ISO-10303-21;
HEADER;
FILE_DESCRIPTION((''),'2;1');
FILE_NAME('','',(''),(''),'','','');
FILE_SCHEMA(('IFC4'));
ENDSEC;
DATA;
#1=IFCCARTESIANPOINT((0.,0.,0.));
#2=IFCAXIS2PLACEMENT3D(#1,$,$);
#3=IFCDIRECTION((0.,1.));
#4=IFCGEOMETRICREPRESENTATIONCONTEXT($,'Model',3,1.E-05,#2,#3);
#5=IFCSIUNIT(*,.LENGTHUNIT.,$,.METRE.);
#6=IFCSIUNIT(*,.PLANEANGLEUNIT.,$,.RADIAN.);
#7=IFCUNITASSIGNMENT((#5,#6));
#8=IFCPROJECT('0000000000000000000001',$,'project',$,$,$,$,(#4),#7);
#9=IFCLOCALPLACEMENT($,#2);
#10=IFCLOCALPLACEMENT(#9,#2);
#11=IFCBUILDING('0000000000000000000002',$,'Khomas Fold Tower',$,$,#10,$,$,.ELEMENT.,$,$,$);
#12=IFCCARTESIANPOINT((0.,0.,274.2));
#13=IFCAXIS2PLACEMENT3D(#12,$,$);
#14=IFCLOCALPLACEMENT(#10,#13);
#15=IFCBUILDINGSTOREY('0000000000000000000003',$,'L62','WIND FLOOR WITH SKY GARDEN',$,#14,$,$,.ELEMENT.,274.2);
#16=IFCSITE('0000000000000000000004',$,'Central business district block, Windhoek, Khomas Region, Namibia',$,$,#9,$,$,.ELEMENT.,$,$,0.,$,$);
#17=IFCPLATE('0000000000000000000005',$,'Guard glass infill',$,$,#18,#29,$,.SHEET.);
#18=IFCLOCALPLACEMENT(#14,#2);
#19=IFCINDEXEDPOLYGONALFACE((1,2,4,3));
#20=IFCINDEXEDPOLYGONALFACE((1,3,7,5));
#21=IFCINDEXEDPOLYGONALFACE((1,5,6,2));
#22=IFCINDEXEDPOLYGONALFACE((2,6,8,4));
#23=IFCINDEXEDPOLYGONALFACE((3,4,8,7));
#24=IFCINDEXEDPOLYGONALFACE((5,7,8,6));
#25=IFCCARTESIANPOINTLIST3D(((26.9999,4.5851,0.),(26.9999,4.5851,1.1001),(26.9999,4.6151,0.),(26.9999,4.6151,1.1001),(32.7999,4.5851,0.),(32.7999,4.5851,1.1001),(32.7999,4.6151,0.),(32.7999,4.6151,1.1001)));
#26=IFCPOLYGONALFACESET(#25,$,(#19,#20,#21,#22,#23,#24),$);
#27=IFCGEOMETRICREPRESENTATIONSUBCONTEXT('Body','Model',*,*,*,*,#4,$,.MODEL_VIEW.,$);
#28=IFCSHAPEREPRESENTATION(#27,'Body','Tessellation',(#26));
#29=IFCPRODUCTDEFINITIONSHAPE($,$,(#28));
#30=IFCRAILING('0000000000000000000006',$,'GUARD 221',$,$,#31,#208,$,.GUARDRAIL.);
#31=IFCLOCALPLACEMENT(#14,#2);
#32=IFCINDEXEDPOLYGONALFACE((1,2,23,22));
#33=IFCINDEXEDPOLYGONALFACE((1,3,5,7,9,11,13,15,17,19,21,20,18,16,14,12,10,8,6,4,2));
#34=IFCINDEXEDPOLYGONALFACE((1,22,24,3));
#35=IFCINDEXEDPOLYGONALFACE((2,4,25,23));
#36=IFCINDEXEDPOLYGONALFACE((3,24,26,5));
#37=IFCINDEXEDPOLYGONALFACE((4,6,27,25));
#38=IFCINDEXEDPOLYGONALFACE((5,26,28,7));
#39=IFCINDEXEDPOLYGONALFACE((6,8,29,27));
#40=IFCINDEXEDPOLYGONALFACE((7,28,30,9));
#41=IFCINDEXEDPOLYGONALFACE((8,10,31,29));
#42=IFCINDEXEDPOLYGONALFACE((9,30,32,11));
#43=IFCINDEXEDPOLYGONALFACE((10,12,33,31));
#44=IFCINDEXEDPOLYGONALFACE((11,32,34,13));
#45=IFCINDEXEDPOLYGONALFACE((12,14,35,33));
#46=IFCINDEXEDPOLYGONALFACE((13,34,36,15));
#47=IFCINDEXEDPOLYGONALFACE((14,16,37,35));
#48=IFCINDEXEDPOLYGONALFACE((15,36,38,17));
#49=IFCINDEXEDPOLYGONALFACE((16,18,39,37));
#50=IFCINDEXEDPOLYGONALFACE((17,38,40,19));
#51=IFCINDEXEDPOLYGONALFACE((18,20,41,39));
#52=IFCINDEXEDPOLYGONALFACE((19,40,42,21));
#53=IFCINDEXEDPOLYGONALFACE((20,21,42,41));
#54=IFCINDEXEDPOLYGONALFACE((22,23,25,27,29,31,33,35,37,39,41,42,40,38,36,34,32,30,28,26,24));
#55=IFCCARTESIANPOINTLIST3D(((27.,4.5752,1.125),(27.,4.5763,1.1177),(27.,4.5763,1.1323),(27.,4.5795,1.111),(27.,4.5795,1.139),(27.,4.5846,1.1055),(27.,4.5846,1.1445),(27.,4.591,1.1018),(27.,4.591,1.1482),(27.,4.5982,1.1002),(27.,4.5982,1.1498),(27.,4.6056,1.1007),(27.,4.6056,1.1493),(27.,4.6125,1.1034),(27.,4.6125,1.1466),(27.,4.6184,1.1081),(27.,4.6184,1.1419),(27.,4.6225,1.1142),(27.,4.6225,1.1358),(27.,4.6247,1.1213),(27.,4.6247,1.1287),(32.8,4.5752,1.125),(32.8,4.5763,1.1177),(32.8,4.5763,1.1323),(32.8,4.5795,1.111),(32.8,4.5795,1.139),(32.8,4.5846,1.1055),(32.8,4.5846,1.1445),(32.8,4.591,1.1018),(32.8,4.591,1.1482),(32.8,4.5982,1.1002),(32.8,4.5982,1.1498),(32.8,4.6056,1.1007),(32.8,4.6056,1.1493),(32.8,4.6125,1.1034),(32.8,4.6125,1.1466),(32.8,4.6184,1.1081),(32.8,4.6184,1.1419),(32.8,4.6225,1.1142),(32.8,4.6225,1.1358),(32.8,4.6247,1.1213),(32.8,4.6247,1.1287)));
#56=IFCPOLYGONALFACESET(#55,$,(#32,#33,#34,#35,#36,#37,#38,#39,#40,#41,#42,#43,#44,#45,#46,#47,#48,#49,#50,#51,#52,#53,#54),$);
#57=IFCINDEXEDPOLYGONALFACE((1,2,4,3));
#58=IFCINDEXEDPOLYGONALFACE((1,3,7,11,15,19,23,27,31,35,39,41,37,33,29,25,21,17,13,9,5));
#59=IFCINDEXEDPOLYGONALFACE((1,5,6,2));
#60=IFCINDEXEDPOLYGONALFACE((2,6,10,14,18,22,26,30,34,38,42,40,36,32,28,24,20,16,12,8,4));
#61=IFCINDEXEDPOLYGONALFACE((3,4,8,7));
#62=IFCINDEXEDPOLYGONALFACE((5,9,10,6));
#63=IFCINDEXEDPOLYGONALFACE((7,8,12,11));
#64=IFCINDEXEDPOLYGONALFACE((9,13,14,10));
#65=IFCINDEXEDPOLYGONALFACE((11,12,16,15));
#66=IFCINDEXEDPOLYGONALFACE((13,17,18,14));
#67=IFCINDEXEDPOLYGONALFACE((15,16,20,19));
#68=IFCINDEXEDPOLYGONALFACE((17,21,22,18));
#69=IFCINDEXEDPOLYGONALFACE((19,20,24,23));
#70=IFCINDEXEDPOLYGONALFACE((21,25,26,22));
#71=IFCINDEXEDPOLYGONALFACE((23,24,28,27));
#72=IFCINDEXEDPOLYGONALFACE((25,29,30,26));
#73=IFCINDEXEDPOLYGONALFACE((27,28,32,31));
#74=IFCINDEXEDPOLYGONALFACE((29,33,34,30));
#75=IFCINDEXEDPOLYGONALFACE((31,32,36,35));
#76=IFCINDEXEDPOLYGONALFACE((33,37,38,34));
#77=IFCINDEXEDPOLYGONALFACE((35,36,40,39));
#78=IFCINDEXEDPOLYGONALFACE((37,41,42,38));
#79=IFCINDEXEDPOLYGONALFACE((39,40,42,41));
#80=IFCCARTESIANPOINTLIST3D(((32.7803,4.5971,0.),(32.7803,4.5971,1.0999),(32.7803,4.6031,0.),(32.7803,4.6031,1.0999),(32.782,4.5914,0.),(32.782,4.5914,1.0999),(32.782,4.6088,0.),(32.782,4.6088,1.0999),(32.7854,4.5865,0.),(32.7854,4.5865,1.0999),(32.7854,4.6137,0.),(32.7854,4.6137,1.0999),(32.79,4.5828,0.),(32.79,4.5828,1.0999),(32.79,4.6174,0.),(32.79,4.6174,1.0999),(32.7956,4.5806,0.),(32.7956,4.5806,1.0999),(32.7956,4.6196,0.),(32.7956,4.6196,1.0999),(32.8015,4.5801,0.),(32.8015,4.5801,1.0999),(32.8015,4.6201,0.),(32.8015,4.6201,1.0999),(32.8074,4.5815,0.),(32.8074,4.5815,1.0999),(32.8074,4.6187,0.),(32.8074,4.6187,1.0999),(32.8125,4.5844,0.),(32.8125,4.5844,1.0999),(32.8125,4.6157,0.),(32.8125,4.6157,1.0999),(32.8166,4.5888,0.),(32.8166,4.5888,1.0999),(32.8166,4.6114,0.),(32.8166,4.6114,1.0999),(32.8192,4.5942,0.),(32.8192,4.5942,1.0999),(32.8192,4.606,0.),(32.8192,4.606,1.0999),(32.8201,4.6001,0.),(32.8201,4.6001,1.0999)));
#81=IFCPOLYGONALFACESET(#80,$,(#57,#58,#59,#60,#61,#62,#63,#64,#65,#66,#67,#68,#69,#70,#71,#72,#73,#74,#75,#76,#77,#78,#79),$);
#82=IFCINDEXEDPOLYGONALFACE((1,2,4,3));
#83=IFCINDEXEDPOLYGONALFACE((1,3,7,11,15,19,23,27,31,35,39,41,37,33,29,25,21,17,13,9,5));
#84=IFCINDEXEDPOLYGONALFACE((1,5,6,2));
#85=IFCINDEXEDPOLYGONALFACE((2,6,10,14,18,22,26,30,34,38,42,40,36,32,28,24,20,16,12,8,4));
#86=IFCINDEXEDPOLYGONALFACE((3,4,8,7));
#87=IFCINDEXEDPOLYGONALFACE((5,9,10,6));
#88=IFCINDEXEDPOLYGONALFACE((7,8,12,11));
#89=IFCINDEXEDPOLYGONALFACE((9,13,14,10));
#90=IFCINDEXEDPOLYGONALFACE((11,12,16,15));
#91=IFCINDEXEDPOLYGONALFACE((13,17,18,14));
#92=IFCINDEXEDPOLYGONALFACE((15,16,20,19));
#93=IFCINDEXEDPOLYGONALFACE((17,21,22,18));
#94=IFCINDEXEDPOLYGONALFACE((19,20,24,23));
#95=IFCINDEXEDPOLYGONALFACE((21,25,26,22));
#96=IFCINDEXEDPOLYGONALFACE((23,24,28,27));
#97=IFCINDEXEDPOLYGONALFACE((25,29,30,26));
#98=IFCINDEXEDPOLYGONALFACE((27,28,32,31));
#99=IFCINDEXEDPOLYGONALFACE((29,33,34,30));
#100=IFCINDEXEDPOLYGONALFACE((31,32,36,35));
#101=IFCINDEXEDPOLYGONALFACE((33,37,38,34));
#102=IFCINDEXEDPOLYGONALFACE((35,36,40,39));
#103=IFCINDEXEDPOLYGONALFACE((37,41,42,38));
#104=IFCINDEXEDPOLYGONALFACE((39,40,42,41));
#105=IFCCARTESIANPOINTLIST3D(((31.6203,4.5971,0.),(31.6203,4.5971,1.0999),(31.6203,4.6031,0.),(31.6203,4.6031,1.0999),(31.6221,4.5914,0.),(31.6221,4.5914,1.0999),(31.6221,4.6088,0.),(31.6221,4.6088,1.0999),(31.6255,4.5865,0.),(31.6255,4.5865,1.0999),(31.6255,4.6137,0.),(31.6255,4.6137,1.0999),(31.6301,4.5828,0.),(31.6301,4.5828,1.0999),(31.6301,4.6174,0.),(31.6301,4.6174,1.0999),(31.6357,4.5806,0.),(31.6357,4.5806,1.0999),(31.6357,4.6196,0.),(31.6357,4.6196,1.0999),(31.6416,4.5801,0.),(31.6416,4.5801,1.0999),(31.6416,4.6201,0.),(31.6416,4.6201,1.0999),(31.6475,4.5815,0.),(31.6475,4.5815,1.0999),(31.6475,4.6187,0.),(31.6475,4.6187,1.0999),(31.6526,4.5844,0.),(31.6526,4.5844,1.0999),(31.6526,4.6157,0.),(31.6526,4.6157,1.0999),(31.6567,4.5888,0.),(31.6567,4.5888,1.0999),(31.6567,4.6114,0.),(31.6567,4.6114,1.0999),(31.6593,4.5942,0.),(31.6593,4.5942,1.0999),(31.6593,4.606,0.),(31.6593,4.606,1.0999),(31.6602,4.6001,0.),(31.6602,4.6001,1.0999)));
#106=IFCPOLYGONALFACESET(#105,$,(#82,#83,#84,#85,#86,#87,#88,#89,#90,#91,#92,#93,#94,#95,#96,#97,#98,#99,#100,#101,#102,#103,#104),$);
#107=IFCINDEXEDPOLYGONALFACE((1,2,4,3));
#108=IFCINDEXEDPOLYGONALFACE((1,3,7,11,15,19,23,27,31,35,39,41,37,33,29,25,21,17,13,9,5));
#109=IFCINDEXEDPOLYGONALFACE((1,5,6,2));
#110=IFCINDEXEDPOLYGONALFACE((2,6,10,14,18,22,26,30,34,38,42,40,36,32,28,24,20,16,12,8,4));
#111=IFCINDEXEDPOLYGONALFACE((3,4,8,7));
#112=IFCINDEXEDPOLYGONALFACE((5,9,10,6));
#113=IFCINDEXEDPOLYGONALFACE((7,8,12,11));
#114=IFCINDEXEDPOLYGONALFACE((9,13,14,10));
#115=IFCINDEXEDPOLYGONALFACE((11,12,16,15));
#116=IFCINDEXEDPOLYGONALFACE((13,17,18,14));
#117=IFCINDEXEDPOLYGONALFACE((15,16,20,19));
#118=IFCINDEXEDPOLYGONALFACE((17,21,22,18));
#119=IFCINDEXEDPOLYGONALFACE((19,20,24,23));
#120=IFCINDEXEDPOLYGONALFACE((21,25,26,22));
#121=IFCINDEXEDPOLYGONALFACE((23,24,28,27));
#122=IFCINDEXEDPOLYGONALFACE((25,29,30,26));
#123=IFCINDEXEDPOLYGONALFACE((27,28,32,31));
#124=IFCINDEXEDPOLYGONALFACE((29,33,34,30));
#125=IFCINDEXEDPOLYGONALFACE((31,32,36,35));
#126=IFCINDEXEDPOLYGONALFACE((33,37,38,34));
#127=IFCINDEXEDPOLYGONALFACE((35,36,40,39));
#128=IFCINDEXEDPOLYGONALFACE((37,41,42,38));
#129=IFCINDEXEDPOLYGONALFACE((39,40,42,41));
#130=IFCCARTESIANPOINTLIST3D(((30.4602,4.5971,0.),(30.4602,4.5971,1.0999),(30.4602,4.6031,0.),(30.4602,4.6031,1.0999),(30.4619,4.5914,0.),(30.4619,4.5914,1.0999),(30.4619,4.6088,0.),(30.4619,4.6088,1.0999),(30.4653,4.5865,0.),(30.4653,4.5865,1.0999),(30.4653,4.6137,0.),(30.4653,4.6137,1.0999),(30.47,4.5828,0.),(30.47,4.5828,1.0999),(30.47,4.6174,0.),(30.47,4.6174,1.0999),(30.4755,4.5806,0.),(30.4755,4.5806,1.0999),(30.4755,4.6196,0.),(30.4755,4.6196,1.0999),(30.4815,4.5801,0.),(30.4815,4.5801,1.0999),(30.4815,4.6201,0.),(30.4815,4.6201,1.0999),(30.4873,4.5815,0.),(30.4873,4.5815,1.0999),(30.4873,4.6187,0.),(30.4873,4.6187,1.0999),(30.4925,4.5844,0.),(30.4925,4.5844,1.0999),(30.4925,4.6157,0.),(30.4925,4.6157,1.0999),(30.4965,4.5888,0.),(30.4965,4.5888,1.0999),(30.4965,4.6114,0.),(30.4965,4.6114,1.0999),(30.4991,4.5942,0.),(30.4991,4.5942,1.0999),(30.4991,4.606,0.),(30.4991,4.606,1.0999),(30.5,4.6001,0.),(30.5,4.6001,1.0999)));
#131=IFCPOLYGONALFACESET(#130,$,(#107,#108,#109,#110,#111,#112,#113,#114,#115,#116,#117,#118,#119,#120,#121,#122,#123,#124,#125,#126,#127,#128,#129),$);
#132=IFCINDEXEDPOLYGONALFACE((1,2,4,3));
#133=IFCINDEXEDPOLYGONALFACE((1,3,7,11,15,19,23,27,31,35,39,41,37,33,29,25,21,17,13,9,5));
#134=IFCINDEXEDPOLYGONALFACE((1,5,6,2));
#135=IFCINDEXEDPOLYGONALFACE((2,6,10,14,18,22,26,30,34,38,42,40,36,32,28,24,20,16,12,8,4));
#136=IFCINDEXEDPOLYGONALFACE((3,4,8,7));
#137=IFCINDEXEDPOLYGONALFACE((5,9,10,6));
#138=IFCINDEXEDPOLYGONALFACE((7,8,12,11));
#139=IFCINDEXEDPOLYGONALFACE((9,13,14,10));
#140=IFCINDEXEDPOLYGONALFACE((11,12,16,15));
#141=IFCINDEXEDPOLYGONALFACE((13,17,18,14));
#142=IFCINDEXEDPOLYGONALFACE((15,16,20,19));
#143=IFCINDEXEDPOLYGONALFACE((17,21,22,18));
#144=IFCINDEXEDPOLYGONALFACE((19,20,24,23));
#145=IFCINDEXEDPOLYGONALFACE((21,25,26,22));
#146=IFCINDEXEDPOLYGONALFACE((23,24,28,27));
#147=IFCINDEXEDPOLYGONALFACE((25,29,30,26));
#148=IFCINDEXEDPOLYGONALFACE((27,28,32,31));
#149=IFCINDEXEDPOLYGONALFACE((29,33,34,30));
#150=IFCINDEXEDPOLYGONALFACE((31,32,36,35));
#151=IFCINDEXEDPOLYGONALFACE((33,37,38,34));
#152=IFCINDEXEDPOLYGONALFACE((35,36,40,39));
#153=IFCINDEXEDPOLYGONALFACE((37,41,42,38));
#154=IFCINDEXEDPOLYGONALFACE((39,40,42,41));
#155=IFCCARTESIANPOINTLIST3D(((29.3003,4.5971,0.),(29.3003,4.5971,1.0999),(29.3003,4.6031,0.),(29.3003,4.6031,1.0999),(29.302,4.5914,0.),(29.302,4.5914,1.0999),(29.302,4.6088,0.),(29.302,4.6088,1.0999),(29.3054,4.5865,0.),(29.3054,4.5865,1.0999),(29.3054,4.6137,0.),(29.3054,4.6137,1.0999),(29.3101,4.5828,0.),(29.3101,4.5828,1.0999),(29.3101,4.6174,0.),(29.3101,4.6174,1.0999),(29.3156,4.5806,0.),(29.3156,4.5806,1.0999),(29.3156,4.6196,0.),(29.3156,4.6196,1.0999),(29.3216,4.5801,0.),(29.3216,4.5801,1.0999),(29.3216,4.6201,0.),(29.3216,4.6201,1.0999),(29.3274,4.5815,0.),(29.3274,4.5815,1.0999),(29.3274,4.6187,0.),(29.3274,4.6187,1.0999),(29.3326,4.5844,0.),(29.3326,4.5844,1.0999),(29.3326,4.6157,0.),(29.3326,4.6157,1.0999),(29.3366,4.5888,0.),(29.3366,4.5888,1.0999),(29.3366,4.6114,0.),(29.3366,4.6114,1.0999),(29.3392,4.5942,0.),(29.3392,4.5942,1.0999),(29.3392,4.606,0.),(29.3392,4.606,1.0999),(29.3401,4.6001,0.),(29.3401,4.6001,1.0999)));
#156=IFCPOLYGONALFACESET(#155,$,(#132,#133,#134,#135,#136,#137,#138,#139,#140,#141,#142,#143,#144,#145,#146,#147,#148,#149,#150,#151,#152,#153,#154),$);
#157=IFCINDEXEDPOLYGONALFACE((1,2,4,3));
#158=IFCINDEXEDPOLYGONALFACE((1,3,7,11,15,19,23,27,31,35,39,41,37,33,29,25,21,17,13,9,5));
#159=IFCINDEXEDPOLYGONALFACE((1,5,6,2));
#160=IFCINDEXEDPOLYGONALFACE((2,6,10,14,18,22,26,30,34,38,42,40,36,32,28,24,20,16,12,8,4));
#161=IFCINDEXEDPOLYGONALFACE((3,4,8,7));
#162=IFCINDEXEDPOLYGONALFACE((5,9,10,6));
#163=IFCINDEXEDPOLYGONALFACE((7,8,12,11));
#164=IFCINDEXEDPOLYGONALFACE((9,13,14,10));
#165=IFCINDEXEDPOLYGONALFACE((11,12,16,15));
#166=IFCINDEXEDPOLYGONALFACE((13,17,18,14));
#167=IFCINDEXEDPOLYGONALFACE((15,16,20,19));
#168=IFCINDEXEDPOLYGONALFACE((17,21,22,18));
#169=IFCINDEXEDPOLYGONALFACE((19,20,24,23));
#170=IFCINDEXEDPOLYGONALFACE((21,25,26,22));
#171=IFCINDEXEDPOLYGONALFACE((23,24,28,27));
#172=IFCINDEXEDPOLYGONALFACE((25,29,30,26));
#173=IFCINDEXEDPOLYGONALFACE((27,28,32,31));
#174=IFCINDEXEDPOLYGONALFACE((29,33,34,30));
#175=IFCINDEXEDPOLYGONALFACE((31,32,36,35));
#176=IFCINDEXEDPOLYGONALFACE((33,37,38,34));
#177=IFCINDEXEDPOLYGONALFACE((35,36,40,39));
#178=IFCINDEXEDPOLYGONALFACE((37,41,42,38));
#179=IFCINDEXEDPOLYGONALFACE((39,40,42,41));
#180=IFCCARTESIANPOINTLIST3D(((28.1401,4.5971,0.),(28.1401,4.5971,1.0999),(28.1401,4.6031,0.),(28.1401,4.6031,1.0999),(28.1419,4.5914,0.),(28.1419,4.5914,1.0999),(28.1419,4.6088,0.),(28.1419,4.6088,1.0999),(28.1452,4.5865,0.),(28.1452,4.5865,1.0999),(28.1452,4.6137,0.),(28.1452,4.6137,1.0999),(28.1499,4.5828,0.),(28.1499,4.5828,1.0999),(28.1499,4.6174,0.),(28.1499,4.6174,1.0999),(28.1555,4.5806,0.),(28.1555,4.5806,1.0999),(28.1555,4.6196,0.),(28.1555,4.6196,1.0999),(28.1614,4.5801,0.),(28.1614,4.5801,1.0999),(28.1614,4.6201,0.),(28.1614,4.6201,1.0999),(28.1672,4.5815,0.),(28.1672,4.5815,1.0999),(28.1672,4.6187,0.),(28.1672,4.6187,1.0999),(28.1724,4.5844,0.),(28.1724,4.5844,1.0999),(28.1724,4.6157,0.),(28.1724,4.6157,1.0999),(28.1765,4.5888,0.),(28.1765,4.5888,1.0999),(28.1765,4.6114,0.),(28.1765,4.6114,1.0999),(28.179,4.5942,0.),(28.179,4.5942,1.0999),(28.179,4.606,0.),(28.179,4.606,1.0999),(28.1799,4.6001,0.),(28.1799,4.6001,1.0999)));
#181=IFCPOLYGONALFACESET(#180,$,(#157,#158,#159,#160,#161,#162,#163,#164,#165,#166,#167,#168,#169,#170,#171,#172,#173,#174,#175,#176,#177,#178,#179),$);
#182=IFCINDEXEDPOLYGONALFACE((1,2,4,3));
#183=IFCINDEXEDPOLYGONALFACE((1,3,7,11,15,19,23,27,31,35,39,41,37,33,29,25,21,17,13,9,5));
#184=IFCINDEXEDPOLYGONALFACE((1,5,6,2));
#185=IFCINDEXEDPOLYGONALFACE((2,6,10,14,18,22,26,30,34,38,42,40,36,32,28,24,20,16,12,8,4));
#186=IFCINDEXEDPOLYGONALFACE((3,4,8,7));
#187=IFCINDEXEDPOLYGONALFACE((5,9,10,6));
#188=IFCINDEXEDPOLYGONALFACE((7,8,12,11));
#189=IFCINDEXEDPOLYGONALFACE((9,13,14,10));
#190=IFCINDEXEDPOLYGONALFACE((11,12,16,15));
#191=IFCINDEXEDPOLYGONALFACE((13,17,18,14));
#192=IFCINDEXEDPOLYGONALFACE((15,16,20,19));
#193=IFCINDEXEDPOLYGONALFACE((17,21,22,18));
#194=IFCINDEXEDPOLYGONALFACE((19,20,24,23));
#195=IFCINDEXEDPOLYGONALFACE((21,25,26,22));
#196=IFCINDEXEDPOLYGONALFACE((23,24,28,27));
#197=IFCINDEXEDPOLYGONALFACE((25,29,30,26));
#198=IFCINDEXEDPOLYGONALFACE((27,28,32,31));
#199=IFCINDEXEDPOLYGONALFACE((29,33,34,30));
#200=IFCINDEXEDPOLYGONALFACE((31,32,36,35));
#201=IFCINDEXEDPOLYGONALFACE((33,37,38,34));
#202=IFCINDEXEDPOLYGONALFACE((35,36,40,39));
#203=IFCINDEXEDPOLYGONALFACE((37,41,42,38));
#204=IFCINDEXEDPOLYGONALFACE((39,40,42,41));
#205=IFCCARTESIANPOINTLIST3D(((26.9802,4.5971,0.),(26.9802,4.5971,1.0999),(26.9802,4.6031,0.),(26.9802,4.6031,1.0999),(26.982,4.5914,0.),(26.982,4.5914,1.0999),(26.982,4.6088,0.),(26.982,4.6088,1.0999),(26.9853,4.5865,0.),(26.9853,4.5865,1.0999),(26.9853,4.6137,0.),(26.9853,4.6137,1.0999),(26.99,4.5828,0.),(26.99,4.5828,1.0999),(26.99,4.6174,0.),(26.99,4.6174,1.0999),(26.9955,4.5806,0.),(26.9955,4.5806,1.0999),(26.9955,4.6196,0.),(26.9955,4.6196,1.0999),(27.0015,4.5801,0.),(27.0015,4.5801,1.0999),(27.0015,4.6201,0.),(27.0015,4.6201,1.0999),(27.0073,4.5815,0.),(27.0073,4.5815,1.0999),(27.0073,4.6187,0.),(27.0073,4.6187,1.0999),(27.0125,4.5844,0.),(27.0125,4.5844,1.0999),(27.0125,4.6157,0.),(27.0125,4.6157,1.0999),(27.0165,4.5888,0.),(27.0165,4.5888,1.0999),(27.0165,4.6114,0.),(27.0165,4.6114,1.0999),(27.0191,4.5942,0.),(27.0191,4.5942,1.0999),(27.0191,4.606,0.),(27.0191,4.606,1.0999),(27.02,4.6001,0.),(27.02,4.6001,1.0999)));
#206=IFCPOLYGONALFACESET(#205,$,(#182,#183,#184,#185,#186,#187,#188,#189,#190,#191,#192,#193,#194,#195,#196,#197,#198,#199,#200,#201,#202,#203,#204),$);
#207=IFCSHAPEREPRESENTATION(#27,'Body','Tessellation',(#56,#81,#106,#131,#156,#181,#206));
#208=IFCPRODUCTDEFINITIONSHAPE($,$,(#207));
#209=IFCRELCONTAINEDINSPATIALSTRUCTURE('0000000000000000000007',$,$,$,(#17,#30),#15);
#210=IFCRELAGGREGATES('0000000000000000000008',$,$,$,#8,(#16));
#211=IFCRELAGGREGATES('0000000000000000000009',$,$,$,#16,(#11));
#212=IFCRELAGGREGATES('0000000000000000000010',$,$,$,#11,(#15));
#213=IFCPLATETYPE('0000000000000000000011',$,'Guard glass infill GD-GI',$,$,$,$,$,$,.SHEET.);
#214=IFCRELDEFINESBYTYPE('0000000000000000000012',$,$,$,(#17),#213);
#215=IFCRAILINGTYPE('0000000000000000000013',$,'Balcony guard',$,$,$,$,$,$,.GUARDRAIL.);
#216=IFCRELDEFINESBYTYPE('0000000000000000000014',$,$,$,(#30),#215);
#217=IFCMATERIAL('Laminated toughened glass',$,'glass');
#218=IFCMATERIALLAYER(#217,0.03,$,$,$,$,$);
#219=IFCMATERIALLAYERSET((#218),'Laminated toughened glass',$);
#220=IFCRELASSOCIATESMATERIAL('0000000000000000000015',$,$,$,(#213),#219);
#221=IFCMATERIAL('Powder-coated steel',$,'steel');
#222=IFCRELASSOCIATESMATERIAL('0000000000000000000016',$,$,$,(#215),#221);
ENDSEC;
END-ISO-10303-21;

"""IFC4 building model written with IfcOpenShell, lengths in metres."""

from ifc_helpers import new_model, si_unit, direction, frame, origin, origin_2d, place, context, subcontext, project, spatial, rectangle, circle, extrude, source, transform, mapped, material, layer, layer_set, type_object, element, save


model = new_model("IFC4")

# Units and contexts
model_context = context("Model", 3, precision=1e-05, world=origin(), true_north=direction((0.0, 1.0)))
body_context = subcontext(model_context, "Body", "Model", "MODEL_VIEW")
ifc_project = project(units=[si_unit("LENGTHUNIT", "METRE"), si_unit("PLANEANGLEUNIT", "RADIAN")], contexts=[model_context])

# Site, building, storey
site_placement = place(None, origin())
site = spatial("IfcSite", under=ifc_project, at=site_placement, Name="Central business district block, Windhoek, Khomas Region, Namibia", CompositionType="ELEMENT", RefElevation=0.0)
building_placement = place(site_placement, origin())
building = spatial("IfcBuilding", under=site, at=building_placement, Name="Khomas Fold Tower", CompositionType="ELEMENT")
storey_placement = place(building_placement, frame((0.0, 0.0, 274.2)))
storey = spatial("IfcBuildingStorey", under=building, at=storey_placement, Name="L62", Description="WIND FLOOR WITH SKY GARDEN", CompositionType="ELEMENT", Elevation=274.2)

# Plate
ifc_material_1 = material(Name="Laminated toughened glass", Category="glass")
ifc_layer_1 = layer(ifc_material_1, 0.03)
ifc_layer_set_1 = layer_set([ifc_layer_1], Name="Laminated toughened glass")
plate_type = type_object("IfcPlateType", Name="Guard glass infill GD-GI", PredefinedType="SHEET", material=ifc_layer_set_1)
shared_shape_1 = source(origin(), body_context, "Body", "SweptSolid", [
    extrude(rectangle(XDim=5.8, YDim=0.03, at=origin_2d()), origin(), (0.0, 0.0, 1.0), 1.1001),
])
plate_placement = place(storey_placement, frame((29.8999, 4.6001, 0.0), z_axis=(0.0, 0.0, 1.0), x_axis=(-1.0, 0.0, 0.0)))
element("IfcPlate", 1, at=plate_placement, inside=storey, type_object=plate_type, Name="Guard glass infill", PredefinedType="SHEET", context=body_context, shape_type="MappedRepresentation", body=[
    mapped(shared_shape_1, transform((0.0, 0.0, 0.0))),
])

# Railing
ifc_material_2 = material(Name="Powder-coated steel", Category="steel")
railing_type = type_object("IfcRailingType", Name="Balcony guard", PredefinedType="GUARDRAIL", material=ifc_material_2)
shared_shape_2 = source(origin(), body_context, "Body", "SweptSolid", [
    extrude(circle(Radius=0.0249, at=origin_2d()), frame((0.0, 0.0, 1.125), z_axis=(-1.0, 0.0, 0.0), x_axis=(0.0, -1.0, 0.0)), (0.0, 0.0, 1.0), 5.8),
    extrude(circle(Radius=0.02, at=origin_2d()), origin(), (0.0, 0.0, 1.0), 1.0999),
    extrude(circle(Radius=0.02, at=origin_2d()), frame((-1.1599, 0.0, 0.0)), (0.0, 0.0, 1.0), 1.0999),
    extrude(circle(Radius=0.02, at=origin_2d()), frame((-2.3201, 0.0, 0.0)), (0.0, 0.0, 1.0), 1.0999),
    extrude(circle(Radius=0.02, at=origin_2d()), frame((-3.48, 0.0, 0.0)), (0.0, 0.0, 1.0), 1.0999),
    extrude(circle(Radius=0.02, at=origin_2d()), frame((-4.6401, 0.0, 0.0)), (0.0, 0.0, 1.0), 1.0999),
    extrude(circle(Radius=0.02, at=origin_2d()), frame((-5.8, 0.0, 0.0)), (0.0, 0.0, 1.0), 1.0999),
])
for number, where, name in (
    (2, (32.8, 4.6001, 0.0), "GUARD 221"),
):
    element("IfcRailing", number, at=place(storey_placement, frame(where)), inside=storey, type_object=railing_type, Name=name, PredefinedType="GUARDRAIL", context=body_context, shape_type="MappedRepresentation", body=[
        mapped(shared_shape_2, transform((0.0, 0.0, 0.0))),
    ])

save(model, "model.ifc")
